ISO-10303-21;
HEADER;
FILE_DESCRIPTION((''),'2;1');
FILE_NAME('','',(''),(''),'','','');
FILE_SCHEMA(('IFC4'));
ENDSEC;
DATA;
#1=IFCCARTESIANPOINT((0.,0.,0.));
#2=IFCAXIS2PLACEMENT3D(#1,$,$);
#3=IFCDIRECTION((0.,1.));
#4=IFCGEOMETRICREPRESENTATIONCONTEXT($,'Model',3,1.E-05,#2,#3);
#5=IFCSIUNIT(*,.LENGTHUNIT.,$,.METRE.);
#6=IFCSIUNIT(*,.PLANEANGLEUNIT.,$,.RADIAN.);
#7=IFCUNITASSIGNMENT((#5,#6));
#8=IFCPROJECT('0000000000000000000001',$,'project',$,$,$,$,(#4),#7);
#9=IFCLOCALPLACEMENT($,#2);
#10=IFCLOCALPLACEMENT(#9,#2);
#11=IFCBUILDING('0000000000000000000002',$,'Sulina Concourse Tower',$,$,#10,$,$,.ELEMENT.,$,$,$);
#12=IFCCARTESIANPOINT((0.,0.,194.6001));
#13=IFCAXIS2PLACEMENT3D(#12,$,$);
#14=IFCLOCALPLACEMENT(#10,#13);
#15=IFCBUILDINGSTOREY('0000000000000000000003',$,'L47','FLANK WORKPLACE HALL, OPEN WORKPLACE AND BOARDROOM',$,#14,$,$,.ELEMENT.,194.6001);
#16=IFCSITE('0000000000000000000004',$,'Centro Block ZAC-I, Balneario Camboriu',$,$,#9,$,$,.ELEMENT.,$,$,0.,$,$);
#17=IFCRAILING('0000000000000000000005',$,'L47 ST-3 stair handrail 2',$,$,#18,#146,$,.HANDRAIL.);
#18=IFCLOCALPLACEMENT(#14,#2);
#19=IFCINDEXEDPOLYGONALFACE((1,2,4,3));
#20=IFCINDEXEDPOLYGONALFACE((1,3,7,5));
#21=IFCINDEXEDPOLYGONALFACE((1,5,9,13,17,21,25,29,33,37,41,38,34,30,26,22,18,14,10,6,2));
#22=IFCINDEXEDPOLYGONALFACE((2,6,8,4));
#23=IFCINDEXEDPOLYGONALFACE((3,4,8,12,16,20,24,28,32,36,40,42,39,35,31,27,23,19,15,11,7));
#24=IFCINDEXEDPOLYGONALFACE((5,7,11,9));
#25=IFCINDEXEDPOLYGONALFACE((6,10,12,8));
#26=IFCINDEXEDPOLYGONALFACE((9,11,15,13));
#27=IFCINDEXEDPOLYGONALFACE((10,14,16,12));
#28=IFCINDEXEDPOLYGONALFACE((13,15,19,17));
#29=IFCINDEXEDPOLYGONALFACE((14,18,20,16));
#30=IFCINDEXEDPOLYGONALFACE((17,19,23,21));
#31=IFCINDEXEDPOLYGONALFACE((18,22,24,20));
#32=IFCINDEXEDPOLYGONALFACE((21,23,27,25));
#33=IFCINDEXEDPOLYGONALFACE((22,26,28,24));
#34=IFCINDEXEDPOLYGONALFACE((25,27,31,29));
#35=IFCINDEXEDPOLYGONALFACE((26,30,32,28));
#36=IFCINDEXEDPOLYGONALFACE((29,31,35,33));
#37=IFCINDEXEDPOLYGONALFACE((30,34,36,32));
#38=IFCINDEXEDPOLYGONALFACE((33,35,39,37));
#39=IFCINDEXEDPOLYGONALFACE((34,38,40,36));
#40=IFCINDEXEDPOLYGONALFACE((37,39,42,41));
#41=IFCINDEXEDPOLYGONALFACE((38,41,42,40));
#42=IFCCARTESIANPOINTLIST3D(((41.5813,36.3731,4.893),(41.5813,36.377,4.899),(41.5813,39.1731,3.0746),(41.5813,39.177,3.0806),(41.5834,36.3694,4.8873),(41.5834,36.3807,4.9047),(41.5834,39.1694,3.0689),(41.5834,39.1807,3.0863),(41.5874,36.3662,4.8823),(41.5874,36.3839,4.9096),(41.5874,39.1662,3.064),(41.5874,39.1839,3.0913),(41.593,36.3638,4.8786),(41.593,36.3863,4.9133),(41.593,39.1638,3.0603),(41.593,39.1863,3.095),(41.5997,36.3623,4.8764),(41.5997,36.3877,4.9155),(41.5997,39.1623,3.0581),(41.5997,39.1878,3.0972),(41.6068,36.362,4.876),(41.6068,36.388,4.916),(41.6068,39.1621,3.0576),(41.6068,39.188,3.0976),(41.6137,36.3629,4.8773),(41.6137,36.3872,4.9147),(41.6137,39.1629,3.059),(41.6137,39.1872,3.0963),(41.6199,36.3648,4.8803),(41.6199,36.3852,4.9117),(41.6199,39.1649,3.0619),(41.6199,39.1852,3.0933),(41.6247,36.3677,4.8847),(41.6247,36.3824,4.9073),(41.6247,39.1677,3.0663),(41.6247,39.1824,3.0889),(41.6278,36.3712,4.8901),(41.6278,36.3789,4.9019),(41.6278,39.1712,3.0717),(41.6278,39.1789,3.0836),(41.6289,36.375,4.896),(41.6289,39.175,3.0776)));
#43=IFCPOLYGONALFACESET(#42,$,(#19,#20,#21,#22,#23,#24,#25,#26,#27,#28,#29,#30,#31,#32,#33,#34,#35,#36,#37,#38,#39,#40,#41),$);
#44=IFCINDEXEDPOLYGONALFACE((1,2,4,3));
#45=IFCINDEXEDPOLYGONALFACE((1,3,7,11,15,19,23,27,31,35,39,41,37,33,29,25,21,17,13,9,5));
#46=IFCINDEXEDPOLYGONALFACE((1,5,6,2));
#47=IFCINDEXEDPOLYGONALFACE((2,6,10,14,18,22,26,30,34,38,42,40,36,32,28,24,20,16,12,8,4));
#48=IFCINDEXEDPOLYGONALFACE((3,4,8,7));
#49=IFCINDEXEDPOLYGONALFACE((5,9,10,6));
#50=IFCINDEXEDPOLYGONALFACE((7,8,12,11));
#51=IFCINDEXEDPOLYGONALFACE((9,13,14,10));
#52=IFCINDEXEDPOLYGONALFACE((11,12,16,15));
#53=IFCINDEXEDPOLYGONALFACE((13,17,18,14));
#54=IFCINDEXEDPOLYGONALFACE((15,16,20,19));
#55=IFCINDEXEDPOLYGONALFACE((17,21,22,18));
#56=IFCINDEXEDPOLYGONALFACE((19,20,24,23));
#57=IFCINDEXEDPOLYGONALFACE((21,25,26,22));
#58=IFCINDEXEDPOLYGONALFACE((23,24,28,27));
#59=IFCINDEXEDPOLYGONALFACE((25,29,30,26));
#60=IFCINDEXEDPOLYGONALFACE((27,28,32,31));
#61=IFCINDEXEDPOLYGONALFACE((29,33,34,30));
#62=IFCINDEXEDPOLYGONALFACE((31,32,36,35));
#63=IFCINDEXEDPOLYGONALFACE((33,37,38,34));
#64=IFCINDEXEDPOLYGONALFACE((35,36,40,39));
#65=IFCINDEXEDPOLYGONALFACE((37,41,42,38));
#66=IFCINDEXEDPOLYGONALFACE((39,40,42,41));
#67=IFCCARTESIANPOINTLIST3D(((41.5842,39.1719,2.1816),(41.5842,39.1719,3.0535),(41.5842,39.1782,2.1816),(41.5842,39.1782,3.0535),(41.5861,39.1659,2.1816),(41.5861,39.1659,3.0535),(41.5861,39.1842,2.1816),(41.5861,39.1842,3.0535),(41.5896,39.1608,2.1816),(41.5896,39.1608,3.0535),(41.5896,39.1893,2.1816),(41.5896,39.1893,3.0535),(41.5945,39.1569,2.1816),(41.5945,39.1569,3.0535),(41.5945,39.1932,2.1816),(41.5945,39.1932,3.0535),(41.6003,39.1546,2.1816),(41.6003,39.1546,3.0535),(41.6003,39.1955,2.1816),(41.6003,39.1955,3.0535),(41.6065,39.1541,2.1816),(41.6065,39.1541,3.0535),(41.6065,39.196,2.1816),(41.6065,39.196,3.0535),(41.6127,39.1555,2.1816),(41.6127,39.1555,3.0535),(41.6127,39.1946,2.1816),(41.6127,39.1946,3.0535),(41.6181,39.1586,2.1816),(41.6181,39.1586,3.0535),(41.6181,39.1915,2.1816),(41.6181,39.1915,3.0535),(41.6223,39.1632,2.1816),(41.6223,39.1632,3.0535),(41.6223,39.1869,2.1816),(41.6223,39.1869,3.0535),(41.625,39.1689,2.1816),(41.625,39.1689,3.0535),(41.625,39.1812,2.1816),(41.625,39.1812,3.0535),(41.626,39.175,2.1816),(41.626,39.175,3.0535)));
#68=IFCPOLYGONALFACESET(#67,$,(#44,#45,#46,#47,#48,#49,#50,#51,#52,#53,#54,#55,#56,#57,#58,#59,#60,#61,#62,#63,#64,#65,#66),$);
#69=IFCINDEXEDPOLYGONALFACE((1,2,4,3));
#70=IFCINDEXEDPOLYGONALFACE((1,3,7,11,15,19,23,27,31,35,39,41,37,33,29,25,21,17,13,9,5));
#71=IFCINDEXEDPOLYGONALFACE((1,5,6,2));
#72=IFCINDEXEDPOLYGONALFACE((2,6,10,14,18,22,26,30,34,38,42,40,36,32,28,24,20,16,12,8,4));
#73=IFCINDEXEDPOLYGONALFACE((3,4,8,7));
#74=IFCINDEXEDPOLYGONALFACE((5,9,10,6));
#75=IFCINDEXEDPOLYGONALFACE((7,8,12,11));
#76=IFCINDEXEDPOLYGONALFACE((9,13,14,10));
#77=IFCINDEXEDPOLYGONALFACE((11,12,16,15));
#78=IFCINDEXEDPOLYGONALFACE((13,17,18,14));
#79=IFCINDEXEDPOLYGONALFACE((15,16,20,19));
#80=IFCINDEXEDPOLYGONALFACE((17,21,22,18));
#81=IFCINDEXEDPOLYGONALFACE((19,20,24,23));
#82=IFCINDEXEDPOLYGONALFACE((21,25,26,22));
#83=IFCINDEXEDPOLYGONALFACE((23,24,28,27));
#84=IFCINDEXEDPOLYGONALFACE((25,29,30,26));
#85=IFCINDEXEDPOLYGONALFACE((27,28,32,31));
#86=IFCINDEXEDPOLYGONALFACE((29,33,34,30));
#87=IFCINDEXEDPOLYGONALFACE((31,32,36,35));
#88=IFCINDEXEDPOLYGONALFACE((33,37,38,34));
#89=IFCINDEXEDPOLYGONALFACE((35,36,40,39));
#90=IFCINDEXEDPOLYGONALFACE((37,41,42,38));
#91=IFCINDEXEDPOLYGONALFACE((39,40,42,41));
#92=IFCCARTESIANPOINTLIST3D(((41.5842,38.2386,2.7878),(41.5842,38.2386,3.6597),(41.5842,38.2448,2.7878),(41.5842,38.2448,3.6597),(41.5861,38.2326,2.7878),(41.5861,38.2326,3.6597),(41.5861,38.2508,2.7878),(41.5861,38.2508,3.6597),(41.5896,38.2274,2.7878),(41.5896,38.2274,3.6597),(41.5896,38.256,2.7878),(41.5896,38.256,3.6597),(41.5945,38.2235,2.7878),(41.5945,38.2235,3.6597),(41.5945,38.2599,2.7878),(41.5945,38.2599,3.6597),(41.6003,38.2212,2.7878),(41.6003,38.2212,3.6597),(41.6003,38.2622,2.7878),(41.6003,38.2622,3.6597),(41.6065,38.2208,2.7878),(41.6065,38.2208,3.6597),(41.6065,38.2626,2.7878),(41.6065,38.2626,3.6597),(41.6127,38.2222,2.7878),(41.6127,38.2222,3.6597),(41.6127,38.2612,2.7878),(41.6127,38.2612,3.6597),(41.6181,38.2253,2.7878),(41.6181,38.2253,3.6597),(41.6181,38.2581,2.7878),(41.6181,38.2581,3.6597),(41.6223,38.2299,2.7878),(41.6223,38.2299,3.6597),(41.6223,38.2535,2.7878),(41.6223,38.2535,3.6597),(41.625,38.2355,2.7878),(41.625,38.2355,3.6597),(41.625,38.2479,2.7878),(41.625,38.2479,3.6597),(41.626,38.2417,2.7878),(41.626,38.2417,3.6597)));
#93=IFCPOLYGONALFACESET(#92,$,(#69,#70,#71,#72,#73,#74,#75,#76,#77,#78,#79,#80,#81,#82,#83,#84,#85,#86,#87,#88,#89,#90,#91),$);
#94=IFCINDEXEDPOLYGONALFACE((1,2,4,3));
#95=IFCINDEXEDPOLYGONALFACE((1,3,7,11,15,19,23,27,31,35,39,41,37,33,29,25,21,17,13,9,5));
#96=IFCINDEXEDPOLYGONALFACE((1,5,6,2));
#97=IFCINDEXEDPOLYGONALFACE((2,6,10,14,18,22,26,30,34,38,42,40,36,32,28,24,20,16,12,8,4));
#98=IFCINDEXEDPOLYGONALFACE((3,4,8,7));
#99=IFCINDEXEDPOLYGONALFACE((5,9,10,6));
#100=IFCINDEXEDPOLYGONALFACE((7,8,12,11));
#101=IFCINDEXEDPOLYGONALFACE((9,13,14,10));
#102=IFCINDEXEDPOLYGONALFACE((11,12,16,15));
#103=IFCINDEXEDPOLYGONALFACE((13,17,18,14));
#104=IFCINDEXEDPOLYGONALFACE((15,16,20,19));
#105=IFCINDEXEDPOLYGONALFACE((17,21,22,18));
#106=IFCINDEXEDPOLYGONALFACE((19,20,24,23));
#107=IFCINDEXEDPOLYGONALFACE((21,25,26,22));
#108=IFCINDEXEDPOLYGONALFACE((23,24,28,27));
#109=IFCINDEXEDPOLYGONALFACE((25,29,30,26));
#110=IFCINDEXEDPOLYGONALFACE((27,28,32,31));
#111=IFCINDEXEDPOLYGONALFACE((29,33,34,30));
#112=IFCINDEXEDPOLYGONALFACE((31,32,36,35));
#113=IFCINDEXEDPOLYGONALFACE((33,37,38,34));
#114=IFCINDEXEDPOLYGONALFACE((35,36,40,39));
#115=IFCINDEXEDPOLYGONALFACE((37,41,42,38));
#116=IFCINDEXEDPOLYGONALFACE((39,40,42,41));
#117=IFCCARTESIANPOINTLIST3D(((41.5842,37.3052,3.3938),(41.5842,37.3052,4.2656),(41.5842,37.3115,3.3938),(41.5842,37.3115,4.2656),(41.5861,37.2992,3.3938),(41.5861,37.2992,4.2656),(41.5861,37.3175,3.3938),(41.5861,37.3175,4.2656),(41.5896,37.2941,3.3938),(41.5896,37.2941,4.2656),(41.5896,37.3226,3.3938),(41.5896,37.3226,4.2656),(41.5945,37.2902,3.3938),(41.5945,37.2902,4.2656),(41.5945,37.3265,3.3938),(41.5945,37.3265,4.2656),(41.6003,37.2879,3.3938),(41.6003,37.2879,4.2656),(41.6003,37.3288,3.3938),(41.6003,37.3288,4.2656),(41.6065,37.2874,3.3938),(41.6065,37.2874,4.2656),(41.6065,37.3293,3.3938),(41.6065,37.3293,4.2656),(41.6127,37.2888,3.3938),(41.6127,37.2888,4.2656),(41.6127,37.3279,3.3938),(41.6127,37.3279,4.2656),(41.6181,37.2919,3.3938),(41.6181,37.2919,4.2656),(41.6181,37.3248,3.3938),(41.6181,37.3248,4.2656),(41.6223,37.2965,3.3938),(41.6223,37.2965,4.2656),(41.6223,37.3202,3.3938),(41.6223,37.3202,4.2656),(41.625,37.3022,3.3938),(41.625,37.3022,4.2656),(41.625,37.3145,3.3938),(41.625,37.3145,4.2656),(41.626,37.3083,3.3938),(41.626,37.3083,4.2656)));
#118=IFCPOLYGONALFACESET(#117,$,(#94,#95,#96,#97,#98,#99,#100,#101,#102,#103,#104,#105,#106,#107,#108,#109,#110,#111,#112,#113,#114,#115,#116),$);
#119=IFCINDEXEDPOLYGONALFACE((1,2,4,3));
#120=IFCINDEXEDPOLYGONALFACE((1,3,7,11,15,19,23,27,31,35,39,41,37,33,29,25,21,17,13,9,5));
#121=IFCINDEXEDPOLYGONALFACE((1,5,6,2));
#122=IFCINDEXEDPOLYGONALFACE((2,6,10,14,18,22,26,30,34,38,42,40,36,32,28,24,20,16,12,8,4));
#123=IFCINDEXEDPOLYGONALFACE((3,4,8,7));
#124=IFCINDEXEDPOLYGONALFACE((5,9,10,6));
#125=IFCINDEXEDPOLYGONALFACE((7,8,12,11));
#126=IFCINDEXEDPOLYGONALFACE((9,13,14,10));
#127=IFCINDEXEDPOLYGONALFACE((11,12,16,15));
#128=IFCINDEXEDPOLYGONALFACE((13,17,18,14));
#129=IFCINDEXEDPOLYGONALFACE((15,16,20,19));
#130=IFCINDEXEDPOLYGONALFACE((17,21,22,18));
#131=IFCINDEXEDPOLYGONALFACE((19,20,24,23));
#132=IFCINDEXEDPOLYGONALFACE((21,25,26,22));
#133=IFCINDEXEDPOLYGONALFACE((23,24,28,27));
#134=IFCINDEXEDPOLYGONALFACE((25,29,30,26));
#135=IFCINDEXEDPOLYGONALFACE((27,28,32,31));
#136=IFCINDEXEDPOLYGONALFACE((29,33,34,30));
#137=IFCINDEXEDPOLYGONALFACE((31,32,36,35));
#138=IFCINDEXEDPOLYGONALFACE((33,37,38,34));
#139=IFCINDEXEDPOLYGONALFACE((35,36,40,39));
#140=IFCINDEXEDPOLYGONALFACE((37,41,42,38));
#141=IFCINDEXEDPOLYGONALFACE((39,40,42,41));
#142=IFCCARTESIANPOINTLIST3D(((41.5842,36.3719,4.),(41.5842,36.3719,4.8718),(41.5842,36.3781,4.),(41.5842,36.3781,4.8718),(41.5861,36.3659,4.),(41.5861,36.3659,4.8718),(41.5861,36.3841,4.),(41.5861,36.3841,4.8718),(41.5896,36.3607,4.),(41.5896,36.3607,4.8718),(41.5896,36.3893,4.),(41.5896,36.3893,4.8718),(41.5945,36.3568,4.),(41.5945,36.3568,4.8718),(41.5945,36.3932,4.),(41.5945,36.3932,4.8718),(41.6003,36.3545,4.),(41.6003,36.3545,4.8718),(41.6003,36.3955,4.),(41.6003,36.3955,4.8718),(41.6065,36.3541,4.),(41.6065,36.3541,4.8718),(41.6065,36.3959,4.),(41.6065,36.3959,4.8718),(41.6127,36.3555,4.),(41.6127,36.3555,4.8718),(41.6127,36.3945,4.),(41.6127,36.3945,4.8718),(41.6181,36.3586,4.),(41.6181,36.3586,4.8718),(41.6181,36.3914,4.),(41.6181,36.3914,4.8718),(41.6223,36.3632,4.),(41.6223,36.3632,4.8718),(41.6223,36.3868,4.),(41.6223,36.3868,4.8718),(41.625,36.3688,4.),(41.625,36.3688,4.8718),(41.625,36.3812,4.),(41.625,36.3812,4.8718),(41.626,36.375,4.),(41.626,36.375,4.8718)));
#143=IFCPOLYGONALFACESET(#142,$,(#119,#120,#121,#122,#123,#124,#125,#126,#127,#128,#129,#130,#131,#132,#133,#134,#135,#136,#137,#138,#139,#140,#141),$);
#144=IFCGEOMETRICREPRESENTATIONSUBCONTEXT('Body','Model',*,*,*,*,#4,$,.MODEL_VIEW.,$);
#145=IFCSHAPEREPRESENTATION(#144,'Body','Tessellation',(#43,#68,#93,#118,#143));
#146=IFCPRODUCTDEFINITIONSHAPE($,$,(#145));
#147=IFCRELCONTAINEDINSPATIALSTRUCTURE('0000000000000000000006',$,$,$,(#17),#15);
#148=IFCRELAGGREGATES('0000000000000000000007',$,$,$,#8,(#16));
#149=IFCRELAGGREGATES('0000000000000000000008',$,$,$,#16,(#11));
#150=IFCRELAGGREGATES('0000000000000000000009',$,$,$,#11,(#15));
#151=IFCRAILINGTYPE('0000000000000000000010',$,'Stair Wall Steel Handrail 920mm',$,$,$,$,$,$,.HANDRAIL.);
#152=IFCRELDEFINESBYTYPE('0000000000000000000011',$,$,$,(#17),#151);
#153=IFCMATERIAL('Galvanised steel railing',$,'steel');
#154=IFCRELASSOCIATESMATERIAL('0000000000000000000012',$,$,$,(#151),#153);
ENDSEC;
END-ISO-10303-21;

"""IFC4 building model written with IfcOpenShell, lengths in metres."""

from ifc_helpers import new_model, si_unit, direction, frame, origin, origin_2d, place, context, subcontext, project, spatial, circle, extrude, material, type_object, element, save


model = new_model("IFC4")

# Units and contexts
model_context = context("Model", 3, precision=1e-05, world=origin(), true_north=direction((0.0, 1.0)))
body_context = subcontext(model_context, "Body", "Model", "MODEL_VIEW")
ifc_project = project(units=[si_unit("LENGTHUNIT", "METRE"), si_unit("PLANEANGLEUNIT", "RADIAN")], contexts=[model_context])

# Site, building, storey
site_placement = place(None, origin())
site = spatial("IfcSite", under=ifc_project, at=site_placement, Name="Centro Block ZAC-I, Balneario Camboriu", CompositionType="ELEMENT", RefElevation=0.0)
building_placement = place(site_placement, origin())
building = spatial("IfcBuilding", under=site, at=building_placement, Name="Sulina Concourse Tower", CompositionType="ELEMENT")
storey_placement = place(building_placement, frame((0.0, 0.0, 194.6001)))
storey = spatial("IfcBuildingStorey", under=building, at=storey_placement, Name="L47", Description="FLANK WORKPLACE HALL, OPEN WORKPLACE AND BOARDROOM", CompositionType="ELEMENT", Elevation=194.6001)

# Railing
ifc_material_1 = material(Name="Galvanised steel railing", Category="steel")
railing_type_1 = type_object("IfcRailingType", Name="Stair Wall Steel Handrail 920mm", PredefinedType="HANDRAIL", material=ifc_material_1)
railing_1_placement = place(storey_placement, frame((41.605, 39.175, 2.1816)))
element("IfcRailing", 1, at=railing_1_placement, inside=storey, type_object=railing_type_1, Name="L47 ST-3 stair handrail 2", PredefinedType="HANDRAIL", context=body_context, shape_type="SweptSolid", body=[
    extrude(circle(Radius=0.0239, at=origin_2d()), frame((0.0, 0.0, 0.896), z_axis=(0.0, -0.838672, 0.544636), x_axis=(1.0, 0.0, 0.0)), (0.0, 0.0, 1.0), 3.3386),
    extrude(circle(Radius=0.021, at=origin_2d()), origin(), (0.0, 0.0, 1.0), 0.8718),
    extrude(circle(Radius=0.021, at=origin_2d()), frame((0.0, -0.9333, 0.6062)), (0.0, 0.0, 1.0), 0.8718),
    extrude(circle(Radius=0.021, at=origin_2d()), frame((0.0, -1.8667, 1.2122)), (0.0, 0.0, 1.0), 0.8718),
    extrude(circle(Radius=0.021, at=origin_2d()), frame((0.0, -2.8, 1.8184)), (0.0, 0.0, 1.0), 0.8718),
])

save(model, "model.ifc")
